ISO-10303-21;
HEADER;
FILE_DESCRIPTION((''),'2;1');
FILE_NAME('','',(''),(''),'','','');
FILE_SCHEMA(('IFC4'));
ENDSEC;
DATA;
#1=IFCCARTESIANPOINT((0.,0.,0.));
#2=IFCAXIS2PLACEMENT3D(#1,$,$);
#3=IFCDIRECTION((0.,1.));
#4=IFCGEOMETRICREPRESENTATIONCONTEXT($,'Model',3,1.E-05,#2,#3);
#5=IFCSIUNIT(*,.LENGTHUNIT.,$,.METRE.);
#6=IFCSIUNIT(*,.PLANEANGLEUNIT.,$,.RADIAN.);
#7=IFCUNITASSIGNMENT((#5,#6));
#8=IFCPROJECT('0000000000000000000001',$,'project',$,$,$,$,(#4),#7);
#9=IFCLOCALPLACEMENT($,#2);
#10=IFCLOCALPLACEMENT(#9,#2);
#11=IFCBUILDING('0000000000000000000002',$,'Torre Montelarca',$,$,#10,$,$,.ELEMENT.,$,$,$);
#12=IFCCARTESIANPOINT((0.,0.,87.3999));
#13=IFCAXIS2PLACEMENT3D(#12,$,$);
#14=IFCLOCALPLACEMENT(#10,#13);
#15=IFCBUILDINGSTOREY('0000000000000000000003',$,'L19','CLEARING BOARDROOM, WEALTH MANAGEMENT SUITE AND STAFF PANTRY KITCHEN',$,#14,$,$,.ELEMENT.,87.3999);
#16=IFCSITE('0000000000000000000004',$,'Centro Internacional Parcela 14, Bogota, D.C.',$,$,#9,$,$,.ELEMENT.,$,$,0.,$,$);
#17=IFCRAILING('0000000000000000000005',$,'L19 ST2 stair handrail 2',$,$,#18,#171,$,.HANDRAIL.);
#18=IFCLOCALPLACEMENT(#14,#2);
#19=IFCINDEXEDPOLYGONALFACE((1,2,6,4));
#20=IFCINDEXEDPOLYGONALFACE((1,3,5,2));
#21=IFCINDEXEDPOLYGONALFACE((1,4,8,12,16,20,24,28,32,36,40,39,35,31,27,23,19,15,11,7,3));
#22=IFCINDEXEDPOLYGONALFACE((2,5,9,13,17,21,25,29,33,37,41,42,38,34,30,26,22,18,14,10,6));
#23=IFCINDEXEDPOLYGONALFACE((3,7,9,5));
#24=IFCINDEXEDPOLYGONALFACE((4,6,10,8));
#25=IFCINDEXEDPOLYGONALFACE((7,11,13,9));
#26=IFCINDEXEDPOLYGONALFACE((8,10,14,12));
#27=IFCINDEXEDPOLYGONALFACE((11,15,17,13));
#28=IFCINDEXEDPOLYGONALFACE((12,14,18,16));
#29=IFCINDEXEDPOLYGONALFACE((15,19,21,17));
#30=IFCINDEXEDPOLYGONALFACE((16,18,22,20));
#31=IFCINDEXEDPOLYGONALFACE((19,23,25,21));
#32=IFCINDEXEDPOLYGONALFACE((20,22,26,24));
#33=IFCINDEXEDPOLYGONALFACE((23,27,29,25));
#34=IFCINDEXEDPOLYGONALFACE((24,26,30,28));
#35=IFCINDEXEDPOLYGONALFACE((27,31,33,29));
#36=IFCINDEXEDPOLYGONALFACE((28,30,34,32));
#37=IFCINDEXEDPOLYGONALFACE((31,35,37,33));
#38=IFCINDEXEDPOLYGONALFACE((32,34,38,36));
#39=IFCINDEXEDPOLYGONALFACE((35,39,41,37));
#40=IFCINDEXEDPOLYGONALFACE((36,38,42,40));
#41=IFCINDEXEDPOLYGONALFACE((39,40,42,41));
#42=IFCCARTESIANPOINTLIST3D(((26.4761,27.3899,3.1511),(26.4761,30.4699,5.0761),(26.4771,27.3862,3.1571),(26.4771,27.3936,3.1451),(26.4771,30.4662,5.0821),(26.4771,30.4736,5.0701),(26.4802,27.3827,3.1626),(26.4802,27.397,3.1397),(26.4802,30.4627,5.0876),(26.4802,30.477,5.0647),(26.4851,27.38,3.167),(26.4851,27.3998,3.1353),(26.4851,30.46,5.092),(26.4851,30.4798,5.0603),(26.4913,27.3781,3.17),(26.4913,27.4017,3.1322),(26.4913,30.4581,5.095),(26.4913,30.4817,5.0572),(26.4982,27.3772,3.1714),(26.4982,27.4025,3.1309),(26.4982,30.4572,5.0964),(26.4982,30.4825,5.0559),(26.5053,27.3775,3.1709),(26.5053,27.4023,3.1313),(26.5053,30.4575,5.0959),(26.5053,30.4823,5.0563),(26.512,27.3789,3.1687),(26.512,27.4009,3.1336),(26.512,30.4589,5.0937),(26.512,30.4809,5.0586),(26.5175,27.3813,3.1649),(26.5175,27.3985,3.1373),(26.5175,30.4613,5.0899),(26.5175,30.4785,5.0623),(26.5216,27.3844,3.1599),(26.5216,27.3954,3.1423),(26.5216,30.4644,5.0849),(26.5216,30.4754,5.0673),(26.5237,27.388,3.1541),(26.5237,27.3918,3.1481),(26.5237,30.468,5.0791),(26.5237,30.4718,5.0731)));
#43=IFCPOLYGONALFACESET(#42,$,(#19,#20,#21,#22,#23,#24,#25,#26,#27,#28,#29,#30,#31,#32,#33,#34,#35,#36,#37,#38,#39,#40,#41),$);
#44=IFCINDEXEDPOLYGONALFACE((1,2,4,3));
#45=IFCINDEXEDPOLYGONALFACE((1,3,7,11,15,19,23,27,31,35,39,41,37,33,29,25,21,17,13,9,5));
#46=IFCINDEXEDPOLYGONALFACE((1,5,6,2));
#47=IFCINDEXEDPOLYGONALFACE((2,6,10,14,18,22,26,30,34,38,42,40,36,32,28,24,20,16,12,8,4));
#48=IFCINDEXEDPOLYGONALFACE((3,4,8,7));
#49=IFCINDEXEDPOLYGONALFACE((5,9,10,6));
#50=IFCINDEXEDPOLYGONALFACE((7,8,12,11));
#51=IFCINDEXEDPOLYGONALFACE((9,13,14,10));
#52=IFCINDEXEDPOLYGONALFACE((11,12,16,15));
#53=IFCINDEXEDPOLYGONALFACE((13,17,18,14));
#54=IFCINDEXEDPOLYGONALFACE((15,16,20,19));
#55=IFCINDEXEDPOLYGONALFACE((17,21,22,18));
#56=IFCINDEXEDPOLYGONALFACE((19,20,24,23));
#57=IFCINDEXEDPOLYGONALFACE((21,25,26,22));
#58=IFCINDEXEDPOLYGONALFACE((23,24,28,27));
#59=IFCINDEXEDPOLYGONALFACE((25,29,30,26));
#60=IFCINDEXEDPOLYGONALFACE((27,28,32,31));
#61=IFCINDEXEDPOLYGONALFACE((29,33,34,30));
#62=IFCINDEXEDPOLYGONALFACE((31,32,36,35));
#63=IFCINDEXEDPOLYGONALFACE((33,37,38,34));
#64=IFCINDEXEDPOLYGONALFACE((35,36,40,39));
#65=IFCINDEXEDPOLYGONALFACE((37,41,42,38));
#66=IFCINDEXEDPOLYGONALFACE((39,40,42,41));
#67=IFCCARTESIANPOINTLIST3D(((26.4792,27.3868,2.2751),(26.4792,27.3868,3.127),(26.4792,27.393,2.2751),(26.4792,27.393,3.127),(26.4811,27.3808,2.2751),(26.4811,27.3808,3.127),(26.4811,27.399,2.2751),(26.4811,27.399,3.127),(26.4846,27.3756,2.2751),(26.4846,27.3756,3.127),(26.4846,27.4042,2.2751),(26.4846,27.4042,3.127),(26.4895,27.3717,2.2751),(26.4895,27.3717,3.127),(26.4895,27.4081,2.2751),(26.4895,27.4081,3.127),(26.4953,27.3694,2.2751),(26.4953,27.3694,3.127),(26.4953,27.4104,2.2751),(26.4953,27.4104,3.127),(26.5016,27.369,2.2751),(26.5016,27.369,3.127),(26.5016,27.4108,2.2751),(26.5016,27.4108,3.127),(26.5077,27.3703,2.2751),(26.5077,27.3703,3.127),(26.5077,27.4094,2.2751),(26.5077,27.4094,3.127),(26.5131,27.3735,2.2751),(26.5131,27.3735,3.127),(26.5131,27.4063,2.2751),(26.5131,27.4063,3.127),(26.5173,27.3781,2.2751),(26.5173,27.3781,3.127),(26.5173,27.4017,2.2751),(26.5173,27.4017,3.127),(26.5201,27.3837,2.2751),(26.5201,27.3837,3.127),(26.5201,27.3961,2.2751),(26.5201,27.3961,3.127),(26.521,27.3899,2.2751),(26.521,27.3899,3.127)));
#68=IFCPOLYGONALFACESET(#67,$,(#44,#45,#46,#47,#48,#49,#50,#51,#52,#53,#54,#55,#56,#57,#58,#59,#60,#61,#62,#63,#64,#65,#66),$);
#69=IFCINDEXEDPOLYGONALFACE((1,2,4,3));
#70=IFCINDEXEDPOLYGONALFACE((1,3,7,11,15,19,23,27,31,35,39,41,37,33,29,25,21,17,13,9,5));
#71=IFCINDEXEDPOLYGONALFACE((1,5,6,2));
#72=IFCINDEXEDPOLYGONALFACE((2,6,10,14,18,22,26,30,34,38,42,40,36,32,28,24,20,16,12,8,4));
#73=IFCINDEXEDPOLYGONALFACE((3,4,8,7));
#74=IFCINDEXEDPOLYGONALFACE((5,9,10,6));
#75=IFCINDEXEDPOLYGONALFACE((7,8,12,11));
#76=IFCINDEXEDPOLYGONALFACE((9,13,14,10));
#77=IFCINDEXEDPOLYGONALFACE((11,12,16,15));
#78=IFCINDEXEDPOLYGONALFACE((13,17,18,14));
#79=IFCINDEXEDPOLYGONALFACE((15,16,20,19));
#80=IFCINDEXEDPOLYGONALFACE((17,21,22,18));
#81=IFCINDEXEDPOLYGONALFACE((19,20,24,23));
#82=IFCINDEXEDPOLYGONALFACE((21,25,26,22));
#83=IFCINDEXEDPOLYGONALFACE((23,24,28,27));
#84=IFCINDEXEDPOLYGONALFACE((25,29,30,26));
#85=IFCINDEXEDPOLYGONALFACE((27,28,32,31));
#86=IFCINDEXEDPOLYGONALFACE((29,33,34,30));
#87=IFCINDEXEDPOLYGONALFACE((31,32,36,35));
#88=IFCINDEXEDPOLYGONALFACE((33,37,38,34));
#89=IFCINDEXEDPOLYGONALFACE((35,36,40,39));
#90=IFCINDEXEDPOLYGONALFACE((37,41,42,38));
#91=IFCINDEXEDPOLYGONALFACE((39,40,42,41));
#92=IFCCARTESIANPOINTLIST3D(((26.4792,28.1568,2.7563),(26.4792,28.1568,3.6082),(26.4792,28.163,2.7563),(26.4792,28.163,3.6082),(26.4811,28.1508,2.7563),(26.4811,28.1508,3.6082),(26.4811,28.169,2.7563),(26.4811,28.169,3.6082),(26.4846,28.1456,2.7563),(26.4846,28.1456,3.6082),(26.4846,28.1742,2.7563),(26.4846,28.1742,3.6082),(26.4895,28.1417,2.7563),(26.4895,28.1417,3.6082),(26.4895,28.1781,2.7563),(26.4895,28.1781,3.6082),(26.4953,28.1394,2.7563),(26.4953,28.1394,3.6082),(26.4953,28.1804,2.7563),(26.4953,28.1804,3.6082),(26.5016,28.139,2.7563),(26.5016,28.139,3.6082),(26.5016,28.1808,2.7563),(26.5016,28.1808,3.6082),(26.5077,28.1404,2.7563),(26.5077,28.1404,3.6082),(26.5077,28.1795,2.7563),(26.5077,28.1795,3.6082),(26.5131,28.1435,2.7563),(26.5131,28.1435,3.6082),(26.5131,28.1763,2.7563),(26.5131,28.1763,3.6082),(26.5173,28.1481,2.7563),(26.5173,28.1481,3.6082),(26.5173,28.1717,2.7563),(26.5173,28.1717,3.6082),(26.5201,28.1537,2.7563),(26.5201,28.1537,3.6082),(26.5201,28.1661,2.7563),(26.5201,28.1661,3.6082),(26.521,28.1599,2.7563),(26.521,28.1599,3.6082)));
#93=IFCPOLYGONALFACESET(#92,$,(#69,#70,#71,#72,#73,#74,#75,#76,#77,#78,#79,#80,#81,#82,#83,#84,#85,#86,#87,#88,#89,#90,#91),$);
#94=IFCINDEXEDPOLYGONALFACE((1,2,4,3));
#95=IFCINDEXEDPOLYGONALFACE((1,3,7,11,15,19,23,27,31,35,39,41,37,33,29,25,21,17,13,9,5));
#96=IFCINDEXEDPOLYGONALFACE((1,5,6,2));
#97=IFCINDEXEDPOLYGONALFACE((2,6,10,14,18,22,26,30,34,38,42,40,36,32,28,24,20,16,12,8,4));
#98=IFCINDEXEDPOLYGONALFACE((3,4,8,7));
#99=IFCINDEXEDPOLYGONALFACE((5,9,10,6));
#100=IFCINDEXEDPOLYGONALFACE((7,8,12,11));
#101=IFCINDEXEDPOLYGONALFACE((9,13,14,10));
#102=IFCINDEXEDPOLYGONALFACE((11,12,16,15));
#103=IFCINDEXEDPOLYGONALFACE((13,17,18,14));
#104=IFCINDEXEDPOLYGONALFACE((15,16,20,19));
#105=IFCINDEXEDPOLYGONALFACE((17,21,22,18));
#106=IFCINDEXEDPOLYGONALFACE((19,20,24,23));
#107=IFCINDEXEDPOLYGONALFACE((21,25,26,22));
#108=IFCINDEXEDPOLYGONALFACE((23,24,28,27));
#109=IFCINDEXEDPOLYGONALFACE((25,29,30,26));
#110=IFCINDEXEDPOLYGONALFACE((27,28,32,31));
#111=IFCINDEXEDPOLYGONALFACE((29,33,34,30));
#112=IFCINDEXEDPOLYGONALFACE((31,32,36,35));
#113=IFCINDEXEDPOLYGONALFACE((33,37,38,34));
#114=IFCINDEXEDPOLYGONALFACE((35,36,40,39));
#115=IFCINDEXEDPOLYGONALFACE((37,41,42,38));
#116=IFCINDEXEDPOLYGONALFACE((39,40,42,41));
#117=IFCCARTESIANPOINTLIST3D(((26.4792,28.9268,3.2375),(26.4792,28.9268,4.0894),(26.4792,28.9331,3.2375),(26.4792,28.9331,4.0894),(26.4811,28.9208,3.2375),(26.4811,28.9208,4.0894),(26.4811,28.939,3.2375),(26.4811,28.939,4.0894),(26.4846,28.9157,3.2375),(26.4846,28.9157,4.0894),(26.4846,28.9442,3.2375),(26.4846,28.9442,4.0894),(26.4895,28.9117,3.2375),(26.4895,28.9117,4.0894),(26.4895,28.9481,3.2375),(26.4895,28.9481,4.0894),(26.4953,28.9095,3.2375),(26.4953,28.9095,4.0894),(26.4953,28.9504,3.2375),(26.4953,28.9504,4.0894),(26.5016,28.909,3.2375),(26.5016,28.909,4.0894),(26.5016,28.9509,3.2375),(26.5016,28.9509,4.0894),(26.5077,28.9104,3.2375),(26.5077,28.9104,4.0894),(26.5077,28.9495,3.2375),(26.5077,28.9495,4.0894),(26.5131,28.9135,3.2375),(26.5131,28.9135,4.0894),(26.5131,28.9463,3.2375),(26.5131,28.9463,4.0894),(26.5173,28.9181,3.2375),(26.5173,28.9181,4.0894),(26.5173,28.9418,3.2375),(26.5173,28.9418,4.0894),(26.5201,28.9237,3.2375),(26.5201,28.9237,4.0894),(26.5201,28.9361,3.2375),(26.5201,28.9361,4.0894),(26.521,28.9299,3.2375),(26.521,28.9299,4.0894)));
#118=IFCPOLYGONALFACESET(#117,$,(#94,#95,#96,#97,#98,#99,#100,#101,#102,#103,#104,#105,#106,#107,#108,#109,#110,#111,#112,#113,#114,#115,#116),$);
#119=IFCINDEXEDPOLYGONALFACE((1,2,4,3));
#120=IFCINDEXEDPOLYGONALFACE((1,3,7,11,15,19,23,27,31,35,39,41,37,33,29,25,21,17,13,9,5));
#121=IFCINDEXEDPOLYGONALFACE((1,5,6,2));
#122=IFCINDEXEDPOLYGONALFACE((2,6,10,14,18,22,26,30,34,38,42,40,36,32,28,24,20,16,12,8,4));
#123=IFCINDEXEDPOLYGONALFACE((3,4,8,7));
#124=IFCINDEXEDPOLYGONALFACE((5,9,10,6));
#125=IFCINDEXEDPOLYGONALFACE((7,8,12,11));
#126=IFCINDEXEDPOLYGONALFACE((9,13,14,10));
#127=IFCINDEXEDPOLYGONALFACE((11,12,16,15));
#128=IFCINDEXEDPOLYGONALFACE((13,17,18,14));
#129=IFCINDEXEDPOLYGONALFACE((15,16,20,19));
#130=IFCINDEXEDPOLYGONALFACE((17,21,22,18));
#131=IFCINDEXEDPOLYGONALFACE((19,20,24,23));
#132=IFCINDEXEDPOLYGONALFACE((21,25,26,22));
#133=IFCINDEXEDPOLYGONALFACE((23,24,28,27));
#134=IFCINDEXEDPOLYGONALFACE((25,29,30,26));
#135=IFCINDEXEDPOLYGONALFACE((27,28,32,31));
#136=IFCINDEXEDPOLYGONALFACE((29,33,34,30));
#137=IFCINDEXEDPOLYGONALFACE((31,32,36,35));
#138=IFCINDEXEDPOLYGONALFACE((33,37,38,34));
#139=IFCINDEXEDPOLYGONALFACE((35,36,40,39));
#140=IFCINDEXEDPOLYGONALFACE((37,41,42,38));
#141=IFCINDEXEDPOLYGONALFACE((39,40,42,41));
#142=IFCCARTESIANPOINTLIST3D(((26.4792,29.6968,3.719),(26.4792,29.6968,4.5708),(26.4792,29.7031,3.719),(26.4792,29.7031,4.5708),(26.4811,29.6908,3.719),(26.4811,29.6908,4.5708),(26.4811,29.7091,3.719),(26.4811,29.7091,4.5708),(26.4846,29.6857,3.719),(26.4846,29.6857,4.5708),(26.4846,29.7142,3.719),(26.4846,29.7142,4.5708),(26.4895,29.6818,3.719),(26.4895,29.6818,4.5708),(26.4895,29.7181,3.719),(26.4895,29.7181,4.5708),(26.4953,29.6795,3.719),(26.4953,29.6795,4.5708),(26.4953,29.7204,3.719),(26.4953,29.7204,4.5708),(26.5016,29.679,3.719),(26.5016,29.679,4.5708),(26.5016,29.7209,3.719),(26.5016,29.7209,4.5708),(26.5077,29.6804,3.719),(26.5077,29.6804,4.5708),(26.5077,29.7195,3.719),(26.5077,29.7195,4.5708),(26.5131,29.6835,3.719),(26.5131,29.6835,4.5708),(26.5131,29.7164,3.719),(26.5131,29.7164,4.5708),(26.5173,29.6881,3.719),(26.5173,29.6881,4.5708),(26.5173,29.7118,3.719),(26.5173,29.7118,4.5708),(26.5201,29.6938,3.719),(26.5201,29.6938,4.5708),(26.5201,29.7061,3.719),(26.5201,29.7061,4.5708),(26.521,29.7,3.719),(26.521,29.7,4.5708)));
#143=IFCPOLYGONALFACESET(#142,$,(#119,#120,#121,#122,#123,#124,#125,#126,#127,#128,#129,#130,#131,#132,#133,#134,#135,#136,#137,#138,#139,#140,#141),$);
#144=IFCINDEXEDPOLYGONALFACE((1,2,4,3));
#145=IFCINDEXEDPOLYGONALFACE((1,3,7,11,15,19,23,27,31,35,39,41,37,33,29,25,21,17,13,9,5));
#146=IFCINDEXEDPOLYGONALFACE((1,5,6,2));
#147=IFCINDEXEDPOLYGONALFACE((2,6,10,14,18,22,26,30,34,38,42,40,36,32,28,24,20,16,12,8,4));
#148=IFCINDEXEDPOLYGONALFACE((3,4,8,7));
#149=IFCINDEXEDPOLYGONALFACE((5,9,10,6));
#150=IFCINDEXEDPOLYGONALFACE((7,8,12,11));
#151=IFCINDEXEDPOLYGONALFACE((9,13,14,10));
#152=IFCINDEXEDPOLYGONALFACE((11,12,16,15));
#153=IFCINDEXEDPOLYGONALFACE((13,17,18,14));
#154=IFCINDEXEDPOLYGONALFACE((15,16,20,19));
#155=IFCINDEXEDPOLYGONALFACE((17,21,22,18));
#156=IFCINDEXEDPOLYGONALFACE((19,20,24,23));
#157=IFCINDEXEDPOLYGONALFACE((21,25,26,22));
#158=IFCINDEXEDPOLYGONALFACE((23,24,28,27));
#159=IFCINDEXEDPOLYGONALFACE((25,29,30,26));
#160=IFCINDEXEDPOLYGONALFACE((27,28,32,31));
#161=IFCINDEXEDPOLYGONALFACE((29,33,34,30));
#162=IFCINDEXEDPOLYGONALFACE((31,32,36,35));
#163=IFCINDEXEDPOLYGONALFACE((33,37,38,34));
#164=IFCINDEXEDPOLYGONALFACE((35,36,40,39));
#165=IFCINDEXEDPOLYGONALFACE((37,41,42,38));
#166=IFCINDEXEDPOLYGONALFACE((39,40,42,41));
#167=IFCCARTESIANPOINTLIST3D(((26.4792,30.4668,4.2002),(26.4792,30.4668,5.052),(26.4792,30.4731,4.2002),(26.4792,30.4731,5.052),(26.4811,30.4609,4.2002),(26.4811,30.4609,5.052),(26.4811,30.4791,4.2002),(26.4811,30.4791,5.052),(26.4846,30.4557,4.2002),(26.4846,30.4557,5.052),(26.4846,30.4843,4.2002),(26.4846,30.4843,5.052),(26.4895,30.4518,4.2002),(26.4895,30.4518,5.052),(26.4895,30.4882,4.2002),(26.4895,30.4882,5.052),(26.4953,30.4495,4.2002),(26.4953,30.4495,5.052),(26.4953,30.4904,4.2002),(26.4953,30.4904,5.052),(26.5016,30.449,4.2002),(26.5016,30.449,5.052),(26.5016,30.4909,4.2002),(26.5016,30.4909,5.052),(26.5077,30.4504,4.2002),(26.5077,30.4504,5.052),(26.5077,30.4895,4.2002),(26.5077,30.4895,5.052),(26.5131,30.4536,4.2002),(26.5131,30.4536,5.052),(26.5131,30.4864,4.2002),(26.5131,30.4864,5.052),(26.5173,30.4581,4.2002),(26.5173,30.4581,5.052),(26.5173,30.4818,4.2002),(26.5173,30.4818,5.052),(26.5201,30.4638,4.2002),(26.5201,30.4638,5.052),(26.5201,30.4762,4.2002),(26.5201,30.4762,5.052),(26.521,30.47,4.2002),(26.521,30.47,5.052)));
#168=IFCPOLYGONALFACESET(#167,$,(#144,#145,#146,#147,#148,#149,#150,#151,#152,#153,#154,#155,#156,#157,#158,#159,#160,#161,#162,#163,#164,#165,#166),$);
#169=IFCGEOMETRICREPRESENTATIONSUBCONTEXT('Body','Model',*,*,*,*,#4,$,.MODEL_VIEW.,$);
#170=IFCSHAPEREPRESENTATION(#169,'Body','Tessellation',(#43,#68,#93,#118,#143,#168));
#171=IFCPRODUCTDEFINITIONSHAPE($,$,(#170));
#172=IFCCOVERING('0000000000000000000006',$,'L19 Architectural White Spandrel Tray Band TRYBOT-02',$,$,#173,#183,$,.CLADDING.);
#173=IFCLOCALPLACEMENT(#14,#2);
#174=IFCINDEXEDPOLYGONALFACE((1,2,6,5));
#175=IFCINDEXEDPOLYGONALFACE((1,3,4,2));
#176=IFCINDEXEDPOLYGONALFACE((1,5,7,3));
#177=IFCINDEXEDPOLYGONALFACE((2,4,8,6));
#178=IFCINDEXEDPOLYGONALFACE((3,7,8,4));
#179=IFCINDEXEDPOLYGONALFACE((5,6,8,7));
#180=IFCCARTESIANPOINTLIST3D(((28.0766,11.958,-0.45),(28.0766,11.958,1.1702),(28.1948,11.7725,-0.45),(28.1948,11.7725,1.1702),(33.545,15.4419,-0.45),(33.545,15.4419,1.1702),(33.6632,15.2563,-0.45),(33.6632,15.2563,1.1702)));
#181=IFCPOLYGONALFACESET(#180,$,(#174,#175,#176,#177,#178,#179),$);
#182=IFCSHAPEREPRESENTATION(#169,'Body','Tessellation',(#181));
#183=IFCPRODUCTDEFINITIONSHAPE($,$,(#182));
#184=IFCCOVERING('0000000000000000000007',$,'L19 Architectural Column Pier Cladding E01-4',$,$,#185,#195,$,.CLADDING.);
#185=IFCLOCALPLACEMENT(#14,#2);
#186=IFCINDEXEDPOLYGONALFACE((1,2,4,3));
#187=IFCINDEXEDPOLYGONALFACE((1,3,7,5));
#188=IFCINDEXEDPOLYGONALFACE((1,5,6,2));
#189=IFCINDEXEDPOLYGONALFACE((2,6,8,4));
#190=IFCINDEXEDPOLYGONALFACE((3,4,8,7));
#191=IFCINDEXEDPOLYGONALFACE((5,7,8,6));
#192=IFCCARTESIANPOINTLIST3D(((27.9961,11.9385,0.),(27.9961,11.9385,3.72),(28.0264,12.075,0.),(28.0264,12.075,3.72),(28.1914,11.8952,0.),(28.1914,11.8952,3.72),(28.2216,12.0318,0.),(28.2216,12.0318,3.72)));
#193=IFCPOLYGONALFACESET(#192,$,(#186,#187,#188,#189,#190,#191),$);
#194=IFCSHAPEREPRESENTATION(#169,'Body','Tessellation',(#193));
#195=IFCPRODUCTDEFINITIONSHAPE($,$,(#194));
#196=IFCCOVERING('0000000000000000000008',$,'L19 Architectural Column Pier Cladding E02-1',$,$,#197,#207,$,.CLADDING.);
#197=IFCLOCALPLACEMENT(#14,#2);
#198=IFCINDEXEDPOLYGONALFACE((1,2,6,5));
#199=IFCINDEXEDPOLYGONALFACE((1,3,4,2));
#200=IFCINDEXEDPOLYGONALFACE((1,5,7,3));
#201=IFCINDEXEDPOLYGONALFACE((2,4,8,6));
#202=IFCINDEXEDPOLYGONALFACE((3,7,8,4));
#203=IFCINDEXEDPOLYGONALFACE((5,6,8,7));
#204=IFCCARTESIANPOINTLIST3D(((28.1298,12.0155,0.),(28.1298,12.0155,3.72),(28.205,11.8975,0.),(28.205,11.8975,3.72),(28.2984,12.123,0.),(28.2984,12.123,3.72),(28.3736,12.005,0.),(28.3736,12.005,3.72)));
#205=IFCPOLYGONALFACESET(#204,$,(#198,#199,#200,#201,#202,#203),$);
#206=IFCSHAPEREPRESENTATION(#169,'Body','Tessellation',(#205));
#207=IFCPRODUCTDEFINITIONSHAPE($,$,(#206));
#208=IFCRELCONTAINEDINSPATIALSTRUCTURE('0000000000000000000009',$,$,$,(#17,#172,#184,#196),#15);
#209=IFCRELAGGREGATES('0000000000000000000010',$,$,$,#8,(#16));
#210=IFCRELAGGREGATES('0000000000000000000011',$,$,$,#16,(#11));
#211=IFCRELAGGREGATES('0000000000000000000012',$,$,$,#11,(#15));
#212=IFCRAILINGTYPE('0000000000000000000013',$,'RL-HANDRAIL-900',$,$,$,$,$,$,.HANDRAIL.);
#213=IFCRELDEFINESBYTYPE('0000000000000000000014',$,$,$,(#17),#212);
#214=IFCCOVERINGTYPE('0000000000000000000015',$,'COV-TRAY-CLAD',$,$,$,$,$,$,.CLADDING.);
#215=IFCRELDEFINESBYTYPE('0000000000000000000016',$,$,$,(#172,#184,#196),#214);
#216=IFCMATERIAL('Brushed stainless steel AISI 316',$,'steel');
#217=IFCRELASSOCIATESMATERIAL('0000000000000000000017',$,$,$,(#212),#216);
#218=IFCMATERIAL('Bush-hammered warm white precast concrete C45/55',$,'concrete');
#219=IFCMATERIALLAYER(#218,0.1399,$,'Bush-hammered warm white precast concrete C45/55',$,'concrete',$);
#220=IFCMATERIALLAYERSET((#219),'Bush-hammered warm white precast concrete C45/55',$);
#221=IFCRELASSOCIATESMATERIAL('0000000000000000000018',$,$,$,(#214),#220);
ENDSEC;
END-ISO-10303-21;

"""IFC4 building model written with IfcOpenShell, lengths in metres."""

from ifc_helpers import new_model, si_unit, direction, frame, origin, origin_2d, place, context, subcontext, project, spatial, rectangle, circle, extrude, source, transform, mapped, material, layer, layer_set, type_object, element, save


model = new_model("IFC4")

# Units and contexts
model_context = context("Model", 3, precision=1e-05, world=origin(), true_north=direction((0.0, 1.0)))
body_context = subcontext(model_context, "Body", "Model", "MODEL_VIEW")
ifc_project = project(units=[si_unit("LENGTHUNIT", "METRE"), si_unit("PLANEANGLEUNIT", "RADIAN")], contexts=[model_context])

# Site, building, storey
site_placement = place(None, origin())
site = spatial("IfcSite", under=ifc_project, at=site_placement, Name="Centro Internacional Parcela 14, Bogota, D.C.", CompositionType="ELEMENT", RefElevation=0.0)
building_placement = place(site_placement, origin())
building = spatial("IfcBuilding", under=site, at=building_placement, Name="Torre Montelarca", CompositionType="ELEMENT")
storey_placement = place(building_placement, frame((0.0, 0.0, 87.3999)))
storey = spatial("IfcBuildingStorey", under=building, at=storey_placement, Name="L19", Description="CLEARING BOARDROOM, WEALTH MANAGEMENT SUITE AND STAFF PANTRY KITCHEN", CompositionType="ELEMENT", Elevation=87.3999)

# Railing
ifc_material_1 = material(Name="Brushed stainless steel AISI 316", Category="steel")
railing_type_1 = type_object("IfcRailingType", Name="RL-HANDRAIL-900", PredefinedType="HANDRAIL", material=ifc_material_1)
railing_1_placement = place(storey_placement, frame((26.5, 27.3899, 2.2751)))
element("IfcRailing", 1, at=railing_1_placement, inside=storey, type_object=railing_type_1, Name="L19 ST2 stair handrail 2", PredefinedType="HANDRAIL", context=body_context, shape_type="SweptSolid", body=[
    extrude(circle(Radius=0.0239, at=origin_2d()), frame((0.0, 0.0, 0.876), z_axis=(0.0, 0.847998, 0.529999), x_axis=(-1.0, 0.0, 0.0)), (0.0, 0.0, 1.0), 3.6321),
    extrude(circle(Radius=0.021, at=origin_2d()), origin(), (0.0, 0.0, 1.0), 0.8518),
    extrude(circle(Radius=0.021, at=origin_2d()), frame((0.0, 0.77, 0.4812)), (0.0, 0.0, 1.0), 0.8518),
    extrude(circle(Radius=0.021, at=origin_2d()), frame((0.0, 1.54, 0.9624)), (0.0, 0.0, 1.0), 0.8518),
    extrude(circle(Radius=0.021, at=origin_2d()), frame((0.0, 2.3101, 1.4438)), (0.0, 0.0, 1.0), 0.8518),
    extrude(circle(Radius=0.021, at=origin_2d()), frame((0.0, 3.0801, 1.925)), (0.0, 0.0, 1.0), 0.8518),
])

# Coverings
ifc_material_2 = material(Name="Bush-hammered warm white precast concrete C45/55", Category="concrete")
ifc_layer_1 = layer(ifc_material_2, 0.1399, Name="Bush-hammered warm white precast concrete C45/55", Category="concrete")
ifc_layer_set_1 = layer_set([ifc_layer_1], Name="Bush-hammered warm white precast concrete C45/55")
covering_type = type_object("IfcCoveringType", Name="COV-TRAY-CLAD", PredefinedType="CLADDING", material=ifc_layer_set_1)
shared_shape_1 = source(origin(), body_context, "Body", "SweptSolid", [
    extrude(rectangle(XDim=6.4839, YDim=0.22, at=origin_2d()), origin(), (0.0, 0.0, 1.0), 1.6201),
])
covering_1_placement = place(storey_placement, frame((30.8699, 13.6072, -0.45), z_axis=(0.0, 0.0, 1.0), x_axis=(0.843388, 0.537305, 0.0)))
element("IfcCovering", 2, at=covering_1_placement, inside=storey, type_object=covering_type, Name="L19 Architectural White Spandrel Tray Band TRYBOT-02", PredefinedType="CLADDING", context=body_context, shape_type="MappedRepresentation", body=[
    mapped(shared_shape_1, transform((0.0, 0.0, 0.0), scale=1.0)),
])
shared_shape_2 = source(origin(), body_context, "Body", "SweptSolid", [
    extrude(rectangle(XDim=0.2, YDim=0.1399, at=origin_2d()), origin(), (0.0, 0.0, 1.0), 3.72),
])
for number, where, z_axis, x_axis, name in (
    (3, (28.1089, 11.9851, 0.0), (0.0, 0.0, 1.0), (0.976296, -0.21644, 0.0), "L19 Architectural Column Pier Cladding E01-4"),
    (4, (28.2517, 12.0103, 0.0), (0.0, 0.0, 1.0), (0.843384, 0.537311, 0.0), "L19 Architectural Column Pier Cladding E02-1"),
):
    element("IfcCovering", number, at=place(storey_placement, frame(where, z_axis=z_axis, x_axis=x_axis)), inside=storey, type_object=covering_type, Name=name, PredefinedType="CLADDING", context=body_context, shape_type="MappedRepresentation", body=[
        mapped(shared_shape_2, transform((0.0, 0.0, 0.0), scale=1.0)),
    ])

save(model, "model.ifc")
